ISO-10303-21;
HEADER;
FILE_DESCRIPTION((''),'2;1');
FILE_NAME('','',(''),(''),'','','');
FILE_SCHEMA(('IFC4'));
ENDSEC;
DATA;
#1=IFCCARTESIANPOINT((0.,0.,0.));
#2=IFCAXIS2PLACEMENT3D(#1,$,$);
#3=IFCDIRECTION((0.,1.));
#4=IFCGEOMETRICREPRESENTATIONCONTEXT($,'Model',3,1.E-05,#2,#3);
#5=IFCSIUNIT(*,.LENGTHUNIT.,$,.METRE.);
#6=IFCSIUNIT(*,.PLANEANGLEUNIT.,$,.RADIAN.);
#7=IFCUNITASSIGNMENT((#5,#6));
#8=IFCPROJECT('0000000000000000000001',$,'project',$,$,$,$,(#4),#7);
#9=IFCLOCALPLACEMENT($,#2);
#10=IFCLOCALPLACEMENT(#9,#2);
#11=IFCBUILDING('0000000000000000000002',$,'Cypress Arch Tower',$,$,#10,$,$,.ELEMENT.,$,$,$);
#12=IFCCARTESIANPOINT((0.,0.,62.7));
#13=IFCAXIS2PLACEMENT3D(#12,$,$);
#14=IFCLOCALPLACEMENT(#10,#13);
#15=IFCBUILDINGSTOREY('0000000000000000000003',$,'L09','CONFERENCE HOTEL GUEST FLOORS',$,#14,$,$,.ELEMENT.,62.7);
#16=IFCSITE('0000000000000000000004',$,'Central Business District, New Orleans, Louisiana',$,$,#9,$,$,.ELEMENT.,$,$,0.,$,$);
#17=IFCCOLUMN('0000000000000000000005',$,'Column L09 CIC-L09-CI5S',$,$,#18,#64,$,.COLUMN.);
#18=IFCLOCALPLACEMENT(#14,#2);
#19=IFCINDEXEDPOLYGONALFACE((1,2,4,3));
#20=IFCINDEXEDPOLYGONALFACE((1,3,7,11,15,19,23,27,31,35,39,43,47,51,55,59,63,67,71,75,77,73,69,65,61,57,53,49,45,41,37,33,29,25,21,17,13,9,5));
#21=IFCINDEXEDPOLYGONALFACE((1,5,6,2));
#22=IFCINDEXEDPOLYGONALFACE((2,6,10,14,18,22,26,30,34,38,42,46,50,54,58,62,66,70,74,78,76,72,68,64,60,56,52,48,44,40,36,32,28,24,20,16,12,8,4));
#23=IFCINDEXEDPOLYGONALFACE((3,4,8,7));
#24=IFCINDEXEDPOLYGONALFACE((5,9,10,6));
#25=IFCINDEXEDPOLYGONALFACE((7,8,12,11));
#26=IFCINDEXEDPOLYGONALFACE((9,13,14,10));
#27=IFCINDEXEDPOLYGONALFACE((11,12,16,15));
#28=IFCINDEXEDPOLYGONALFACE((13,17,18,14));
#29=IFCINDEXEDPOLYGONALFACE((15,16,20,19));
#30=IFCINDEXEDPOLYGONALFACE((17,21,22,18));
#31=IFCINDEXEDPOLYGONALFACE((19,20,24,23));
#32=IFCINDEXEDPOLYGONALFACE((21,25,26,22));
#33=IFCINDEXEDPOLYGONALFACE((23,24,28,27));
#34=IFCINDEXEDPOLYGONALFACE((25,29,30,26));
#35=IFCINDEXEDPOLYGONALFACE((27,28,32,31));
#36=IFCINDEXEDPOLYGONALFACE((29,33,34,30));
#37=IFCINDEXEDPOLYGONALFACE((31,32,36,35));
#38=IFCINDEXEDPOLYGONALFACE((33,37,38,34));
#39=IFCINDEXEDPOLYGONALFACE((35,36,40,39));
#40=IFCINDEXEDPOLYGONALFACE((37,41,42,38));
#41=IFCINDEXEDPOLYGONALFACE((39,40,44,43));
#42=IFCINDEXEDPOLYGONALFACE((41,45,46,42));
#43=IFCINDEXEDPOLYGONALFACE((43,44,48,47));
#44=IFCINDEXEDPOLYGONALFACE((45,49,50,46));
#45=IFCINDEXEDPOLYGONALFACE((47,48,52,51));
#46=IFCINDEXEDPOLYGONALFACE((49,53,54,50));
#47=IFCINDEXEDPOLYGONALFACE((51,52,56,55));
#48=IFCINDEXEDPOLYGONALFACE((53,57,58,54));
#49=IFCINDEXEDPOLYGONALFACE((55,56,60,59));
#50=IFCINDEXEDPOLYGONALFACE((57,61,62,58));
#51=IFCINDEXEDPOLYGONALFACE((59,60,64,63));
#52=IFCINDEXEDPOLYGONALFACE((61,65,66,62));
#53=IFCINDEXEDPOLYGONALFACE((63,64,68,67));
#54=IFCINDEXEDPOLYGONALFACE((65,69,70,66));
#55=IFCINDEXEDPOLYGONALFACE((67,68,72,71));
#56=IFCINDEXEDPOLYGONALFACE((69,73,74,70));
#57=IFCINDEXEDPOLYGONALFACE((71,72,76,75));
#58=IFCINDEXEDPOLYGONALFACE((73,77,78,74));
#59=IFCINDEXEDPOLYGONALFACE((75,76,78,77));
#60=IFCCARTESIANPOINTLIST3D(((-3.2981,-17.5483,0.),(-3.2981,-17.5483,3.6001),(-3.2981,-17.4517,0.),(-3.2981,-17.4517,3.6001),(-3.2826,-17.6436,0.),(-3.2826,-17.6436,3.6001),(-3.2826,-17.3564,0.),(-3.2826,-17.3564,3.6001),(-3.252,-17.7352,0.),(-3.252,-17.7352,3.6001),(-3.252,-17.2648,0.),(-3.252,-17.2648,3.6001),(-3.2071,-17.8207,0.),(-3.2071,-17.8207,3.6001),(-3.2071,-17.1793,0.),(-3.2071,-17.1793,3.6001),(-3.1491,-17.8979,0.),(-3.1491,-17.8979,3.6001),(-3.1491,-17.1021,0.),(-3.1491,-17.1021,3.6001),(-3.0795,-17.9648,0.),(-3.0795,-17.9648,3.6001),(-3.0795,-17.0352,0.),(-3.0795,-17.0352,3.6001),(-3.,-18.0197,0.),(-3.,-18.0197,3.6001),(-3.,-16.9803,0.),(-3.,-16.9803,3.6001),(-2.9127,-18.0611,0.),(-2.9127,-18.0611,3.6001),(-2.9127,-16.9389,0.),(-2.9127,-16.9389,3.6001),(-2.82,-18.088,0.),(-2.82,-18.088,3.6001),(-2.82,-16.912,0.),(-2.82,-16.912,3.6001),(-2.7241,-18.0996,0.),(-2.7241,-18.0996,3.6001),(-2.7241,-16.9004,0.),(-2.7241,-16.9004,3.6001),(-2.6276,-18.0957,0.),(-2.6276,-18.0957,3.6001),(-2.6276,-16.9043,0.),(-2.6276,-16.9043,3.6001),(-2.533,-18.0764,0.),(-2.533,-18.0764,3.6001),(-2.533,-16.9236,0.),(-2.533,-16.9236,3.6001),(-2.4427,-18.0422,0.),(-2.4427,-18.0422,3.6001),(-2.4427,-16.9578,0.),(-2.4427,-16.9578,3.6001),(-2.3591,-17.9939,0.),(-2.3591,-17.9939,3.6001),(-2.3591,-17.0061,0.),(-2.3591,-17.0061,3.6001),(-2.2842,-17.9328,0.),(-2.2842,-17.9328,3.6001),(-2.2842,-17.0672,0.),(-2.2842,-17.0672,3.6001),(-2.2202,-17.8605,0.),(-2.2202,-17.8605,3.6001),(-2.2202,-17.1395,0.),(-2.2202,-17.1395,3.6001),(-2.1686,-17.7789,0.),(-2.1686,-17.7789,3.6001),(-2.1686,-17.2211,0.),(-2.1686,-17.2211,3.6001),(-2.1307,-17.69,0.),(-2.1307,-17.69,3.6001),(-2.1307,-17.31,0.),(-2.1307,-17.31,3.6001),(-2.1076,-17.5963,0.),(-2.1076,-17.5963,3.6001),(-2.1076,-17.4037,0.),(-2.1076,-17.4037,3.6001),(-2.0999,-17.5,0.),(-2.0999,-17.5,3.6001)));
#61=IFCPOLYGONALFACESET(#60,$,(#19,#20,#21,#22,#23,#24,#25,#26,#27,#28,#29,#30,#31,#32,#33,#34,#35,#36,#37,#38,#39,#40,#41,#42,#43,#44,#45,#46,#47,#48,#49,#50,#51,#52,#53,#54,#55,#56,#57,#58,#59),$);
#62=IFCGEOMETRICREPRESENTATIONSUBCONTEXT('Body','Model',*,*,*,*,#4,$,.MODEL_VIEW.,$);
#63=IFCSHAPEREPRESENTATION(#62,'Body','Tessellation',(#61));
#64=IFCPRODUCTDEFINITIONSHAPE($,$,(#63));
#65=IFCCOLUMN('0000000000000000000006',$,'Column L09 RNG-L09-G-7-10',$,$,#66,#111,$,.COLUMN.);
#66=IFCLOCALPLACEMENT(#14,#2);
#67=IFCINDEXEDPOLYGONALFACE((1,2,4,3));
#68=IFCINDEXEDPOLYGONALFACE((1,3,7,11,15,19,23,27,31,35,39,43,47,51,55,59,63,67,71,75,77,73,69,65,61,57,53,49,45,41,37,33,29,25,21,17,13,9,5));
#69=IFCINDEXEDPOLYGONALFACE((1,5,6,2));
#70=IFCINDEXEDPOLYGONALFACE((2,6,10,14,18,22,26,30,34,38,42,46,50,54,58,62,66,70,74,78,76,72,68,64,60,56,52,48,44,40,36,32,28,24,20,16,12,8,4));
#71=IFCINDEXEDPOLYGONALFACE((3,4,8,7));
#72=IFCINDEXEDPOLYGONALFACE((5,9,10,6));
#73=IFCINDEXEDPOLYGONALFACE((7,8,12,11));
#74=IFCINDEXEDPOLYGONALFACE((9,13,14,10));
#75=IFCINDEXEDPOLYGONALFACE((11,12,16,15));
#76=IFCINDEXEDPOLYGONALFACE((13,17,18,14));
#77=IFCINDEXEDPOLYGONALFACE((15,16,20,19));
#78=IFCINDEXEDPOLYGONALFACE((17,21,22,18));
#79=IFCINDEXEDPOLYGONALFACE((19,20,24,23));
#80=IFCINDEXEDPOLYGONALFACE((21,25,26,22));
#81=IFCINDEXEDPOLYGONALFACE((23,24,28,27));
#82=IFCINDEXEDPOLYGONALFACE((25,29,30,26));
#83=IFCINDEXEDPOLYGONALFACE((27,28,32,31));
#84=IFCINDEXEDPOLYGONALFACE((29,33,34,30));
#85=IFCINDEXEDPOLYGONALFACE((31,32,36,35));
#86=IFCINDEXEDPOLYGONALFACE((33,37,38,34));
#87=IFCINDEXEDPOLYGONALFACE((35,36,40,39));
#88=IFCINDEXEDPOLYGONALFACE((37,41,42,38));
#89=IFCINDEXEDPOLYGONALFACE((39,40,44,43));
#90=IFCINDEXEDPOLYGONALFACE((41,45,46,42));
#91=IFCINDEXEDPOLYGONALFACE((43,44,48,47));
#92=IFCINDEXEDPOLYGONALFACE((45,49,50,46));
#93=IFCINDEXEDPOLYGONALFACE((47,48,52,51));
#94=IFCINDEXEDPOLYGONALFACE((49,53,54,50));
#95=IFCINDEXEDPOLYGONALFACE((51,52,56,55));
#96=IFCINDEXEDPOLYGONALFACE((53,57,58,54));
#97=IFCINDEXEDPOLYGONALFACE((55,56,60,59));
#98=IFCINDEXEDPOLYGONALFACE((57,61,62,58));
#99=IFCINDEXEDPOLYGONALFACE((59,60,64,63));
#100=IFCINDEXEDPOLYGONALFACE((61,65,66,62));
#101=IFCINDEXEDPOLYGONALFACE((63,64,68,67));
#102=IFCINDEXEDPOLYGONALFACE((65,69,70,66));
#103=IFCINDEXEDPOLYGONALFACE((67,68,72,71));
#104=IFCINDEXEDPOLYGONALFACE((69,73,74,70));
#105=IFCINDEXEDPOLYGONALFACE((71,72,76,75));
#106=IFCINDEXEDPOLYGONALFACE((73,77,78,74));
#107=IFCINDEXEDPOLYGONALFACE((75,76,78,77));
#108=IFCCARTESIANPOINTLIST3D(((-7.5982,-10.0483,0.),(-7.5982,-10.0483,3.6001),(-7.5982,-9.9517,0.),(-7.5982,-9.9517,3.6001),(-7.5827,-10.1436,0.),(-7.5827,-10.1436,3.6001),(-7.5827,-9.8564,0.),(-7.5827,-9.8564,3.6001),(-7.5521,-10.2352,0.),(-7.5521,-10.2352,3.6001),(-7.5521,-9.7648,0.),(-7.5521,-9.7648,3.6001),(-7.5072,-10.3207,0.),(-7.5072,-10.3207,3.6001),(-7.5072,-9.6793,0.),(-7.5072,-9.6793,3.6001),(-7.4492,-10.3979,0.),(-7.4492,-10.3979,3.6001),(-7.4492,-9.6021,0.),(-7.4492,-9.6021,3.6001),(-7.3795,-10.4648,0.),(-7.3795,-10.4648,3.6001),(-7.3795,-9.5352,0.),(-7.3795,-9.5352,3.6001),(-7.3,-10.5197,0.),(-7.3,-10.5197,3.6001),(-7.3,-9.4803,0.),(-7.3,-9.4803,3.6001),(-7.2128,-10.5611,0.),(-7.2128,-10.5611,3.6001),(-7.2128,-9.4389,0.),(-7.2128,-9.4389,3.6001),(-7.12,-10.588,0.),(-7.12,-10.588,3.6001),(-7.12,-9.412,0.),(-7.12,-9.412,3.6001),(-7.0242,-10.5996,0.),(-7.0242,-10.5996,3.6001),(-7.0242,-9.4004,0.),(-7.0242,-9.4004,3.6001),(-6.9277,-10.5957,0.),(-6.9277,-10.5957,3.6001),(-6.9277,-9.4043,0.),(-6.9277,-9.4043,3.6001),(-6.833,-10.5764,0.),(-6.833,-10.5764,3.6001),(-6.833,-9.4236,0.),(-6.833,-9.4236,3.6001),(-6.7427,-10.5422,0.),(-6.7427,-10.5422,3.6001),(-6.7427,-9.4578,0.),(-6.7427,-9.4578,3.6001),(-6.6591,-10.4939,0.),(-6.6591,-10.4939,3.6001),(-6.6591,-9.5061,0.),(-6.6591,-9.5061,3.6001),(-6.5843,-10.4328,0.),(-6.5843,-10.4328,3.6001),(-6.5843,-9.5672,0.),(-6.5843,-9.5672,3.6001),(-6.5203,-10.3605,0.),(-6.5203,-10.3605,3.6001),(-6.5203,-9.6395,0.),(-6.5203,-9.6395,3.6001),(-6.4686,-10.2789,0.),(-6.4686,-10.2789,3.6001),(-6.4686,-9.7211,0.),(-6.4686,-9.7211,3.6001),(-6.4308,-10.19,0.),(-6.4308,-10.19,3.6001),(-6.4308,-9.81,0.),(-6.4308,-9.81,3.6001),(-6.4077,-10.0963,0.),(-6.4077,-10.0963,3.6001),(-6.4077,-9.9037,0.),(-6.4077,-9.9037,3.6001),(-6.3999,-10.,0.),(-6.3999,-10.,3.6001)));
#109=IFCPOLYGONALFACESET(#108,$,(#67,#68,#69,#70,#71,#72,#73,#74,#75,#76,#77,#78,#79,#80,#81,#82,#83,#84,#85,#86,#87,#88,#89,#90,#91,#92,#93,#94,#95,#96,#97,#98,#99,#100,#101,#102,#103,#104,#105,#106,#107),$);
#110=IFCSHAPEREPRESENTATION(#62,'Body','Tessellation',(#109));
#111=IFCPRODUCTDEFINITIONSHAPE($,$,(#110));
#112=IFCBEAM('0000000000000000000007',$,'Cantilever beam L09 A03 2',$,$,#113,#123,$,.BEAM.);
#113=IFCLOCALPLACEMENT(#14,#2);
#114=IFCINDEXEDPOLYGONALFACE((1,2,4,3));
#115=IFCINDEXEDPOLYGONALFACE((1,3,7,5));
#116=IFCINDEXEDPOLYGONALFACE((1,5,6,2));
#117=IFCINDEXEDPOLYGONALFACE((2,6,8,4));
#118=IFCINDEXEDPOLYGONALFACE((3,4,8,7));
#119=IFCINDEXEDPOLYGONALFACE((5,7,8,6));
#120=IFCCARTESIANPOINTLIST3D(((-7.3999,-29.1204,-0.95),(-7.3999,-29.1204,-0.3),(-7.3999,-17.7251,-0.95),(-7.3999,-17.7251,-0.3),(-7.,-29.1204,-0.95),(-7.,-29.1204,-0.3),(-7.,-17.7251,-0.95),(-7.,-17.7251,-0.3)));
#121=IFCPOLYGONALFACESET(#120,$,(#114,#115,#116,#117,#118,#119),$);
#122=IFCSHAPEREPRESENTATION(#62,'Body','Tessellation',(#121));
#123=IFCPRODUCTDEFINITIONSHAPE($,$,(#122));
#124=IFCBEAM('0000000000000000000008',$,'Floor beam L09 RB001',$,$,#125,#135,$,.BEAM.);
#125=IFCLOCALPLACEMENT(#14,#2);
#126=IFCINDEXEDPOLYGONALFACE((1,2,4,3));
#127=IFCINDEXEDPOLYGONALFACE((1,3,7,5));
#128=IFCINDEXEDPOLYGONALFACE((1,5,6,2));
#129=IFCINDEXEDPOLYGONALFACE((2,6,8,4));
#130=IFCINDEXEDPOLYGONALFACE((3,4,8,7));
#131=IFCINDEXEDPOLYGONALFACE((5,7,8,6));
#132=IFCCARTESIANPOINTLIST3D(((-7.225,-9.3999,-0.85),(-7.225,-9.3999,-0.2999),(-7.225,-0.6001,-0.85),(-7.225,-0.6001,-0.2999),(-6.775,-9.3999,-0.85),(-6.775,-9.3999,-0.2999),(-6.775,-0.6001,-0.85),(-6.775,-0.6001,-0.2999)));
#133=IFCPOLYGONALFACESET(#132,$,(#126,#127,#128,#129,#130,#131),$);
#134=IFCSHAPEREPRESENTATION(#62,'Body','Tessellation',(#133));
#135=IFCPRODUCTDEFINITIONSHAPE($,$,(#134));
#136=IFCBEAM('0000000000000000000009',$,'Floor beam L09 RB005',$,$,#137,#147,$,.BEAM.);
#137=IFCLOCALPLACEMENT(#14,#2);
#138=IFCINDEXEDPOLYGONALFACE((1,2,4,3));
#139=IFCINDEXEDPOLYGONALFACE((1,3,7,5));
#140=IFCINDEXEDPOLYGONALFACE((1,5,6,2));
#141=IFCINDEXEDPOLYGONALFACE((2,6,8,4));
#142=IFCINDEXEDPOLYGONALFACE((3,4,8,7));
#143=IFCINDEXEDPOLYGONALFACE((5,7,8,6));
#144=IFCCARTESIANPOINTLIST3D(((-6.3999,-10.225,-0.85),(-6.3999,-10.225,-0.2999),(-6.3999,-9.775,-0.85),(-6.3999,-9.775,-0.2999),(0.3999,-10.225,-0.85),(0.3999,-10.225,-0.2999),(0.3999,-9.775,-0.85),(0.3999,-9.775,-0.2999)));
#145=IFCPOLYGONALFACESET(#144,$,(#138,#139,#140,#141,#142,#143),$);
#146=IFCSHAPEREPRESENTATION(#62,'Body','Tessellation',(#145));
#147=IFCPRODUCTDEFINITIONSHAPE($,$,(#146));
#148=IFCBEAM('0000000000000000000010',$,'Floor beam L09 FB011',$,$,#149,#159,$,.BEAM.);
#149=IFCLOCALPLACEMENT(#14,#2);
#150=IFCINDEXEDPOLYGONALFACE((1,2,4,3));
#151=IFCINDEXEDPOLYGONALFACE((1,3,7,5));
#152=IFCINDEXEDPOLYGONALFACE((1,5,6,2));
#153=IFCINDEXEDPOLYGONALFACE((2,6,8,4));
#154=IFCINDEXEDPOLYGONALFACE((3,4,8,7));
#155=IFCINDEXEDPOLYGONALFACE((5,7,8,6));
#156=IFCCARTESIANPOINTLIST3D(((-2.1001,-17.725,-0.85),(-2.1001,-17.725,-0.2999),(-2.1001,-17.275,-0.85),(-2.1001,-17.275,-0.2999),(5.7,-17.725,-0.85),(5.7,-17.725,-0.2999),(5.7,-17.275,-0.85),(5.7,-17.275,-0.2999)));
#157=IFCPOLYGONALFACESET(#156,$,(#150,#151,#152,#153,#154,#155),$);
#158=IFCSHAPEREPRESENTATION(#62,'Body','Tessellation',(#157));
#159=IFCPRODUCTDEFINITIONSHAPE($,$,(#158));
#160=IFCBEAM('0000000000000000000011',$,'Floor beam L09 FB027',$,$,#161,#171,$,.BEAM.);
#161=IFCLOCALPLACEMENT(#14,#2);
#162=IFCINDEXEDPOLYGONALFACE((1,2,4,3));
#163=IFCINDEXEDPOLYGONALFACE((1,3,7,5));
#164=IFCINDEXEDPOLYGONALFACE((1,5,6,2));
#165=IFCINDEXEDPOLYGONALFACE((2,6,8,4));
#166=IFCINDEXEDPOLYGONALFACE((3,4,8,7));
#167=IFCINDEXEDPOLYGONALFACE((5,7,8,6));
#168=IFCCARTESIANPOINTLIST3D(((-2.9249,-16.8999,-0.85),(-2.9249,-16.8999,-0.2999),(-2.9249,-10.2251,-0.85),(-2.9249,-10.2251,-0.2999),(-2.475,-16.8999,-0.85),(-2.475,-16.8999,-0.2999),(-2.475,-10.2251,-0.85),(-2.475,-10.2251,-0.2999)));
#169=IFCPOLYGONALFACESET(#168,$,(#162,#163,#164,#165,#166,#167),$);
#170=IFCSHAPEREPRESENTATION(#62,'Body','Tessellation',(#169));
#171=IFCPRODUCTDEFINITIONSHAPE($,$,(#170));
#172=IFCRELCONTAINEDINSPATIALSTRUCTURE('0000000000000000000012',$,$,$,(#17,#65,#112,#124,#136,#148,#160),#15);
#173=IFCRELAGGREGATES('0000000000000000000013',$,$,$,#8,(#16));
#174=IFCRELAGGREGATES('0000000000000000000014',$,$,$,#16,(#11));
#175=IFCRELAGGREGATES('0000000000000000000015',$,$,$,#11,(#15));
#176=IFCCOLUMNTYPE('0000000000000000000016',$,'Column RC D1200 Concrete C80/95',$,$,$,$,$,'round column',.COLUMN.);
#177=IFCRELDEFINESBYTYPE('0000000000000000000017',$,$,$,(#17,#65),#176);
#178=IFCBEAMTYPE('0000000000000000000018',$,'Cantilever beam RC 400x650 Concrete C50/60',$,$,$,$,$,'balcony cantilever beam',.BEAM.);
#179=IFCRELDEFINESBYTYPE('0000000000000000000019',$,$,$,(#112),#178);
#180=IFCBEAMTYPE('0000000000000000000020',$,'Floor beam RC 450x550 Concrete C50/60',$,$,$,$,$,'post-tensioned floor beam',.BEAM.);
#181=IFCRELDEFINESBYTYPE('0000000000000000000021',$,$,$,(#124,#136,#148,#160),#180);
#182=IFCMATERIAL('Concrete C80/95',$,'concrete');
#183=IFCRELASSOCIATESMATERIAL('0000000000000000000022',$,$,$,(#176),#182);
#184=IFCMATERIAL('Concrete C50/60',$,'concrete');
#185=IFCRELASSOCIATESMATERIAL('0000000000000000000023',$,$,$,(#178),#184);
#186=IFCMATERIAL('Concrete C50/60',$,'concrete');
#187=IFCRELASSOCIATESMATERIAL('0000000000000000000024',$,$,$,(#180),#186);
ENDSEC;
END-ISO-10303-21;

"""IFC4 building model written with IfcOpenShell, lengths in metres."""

from ifc_helpers import new_model, si_unit, direction, frame, origin, origin_2d, place, context, subcontext, project, spatial, rectangle, circle, extrude, material, material_profile, profile_set, type_object, element, save


model = new_model("IFC4")

# Units and contexts
model_context = context("Model", 3, precision=1e-05, world=origin(), true_north=direction((0.0, 1.0)))
body_context = subcontext(model_context, "Body", "Model", "MODEL_VIEW")
ifc_project = project(units=[si_unit("LENGTHUNIT", "METRE"), si_unit("PLANEANGLEUNIT", "RADIAN")], contexts=[model_context])

# Site, building, storey
site_placement = place(None, origin())
site = spatial("IfcSite", under=ifc_project, at=site_placement, Name="Central Business District, New Orleans, Louisiana", CompositionType="ELEMENT", RefElevation=0.0)
building_placement = place(site_placement, origin())
building = spatial("IfcBuilding", under=site, at=building_placement, Name="Cypress Arch Tower", CompositionType="ELEMENT")
storey_placement = place(building_placement, frame((0.0, 0.0, 62.7)))
storey = spatial("IfcBuildingStorey", under=building, at=storey_placement, Name="L09", Description="CONFERENCE HOTEL GUEST FLOORS", CompositionType="ELEMENT", Elevation=62.7)

# Columns
ifc_material_1 = material(Name="Concrete C80/95", Category="concrete")
ifc_material_profile_1 = material_profile(ifc_material_1, circle(Radius=0.6001, at=origin_2d()), Name="RC D1200")
ifc_profile_set_1 = profile_set([ifc_material_profile_1], Name="Concrete C80/95")
column_type = type_object("IfcColumnType", Name="Column RC D1200 Concrete C80/95", ElementType="round column", PredefinedType="COLUMN", material=ifc_profile_set_1)
for number, where, z_axis, x_axis, name in (
    (1, (-2.7, -17.5, 0.0), (0.0, 0.0, 1.0), (1.0, 0.0, 0.0), "Column L09 CIC-L09-CI5S"),
    (2, (-7.0, -10.0, 0.0), (0.0, 0.0, 1.0), (1.0, 0.0, 0.0), "Column L09 RNG-L09-G-7-10"),
):
    element("IfcColumn", number, at=place(storey_placement, frame(where, z_axis=z_axis, x_axis=x_axis)), inside=storey, type_object=column_type, Name=name, PredefinedType="COLUMN", context=body_context, shape_type="SweptSolid", body=[
        extrude(circle(Radius=0.6001, at=origin_2d()), origin(), (0.0, 0.0, 1.0), 3.6001),
    ])

# Beams
ifc_material_2 = material(Name="Concrete C50/60", Category="concrete")
ifc_material_profile_2 = material_profile(ifc_material_2, rectangle(XDim=0.3999, YDim=0.6499, at=origin_2d()), Name="RC 400x650")
ifc_profile_set_2 = profile_set([ifc_material_profile_2], Name="Concrete C50/60")
beam_type_1 = type_object("IfcBeamType", Name="Cantilever beam RC 400x650 Concrete C50/60", ElementType="balcony cantilever beam", PredefinedType="BEAM", material=ifc_profile_set_2)
beam_1_placement = place(storey_placement, frame((-7.2, -17.7251, -0.625), z_axis=(0.0, -1.0, 0.0), x_axis=(1.0, 0.0, 0.0)))
element("IfcBeam", 3, at=beam_1_placement, inside=storey, type_object=beam_type_1, Name="Cantilever beam L09 A03 2", PredefinedType="BEAM", context=body_context, shape_type="SweptSolid", body=[
    extrude(rectangle(XDim=0.3999, YDim=0.6499, at=origin_2d()), origin(), (0.0, 0.0, 1.0), 11.3953),
])
ifc_material_3 = material(Name="Concrete C50/60", Category="concrete")
ifc_material_profile_3 = material_profile(ifc_material_3, rectangle(XDim=0.45, YDim=0.55, at=origin_2d()), Name="RC 450x550")
ifc_profile_set_3 = profile_set([ifc_material_profile_3], Name="Concrete C50/60")
beam_type_2 = type_object("IfcBeamType", Name="Floor beam RC 450x550 Concrete C50/60", ElementType="post-tensioned floor beam", PredefinedType="BEAM", material=ifc_profile_set_3)
beam_2_placement = place(storey_placement, frame((-7.0, -9.3999, -0.575), z_axis=(0.0, 1.0, 0.0), x_axis=(-1.0, 0.0, 0.0)))
element("IfcBeam", 4, at=beam_2_placement, inside=storey, type_object=beam_type_2, Name="Floor beam L09 RB001", PredefinedType="BEAM", context=body_context, shape_type="SweptSolid", body=[
    extrude(rectangle(XDim=0.45, YDim=0.55, at=origin_2d()), origin(), (0.0, 0.0, 1.0), 8.7998),
])
beam_3_placement = place(storey_placement, frame((-6.3999, -10.0, -0.575), z_axis=(1.0, 0.0, 0.0), x_axis=(0.0, 1.0, 0.0)))
element("IfcBeam", 5, at=beam_3_placement, inside=storey, type_object=beam_type_2, Name="Floor beam L09 RB005", PredefinedType="BEAM", context=body_context, shape_type="SweptSolid", body=[
    extrude(rectangle(XDim=0.45, YDim=0.55, at=origin_2d()), origin(), (0.0, 0.0, 1.0), 6.7998),
])
beam_4_placement = place(storey_placement, frame((-2.1001, -17.5, -0.575), z_axis=(1.0, 0.0, 0.0), x_axis=(0.0, 1.0, 0.0)))
element("IfcBeam", 6, at=beam_4_placement, inside=storey, type_object=beam_type_2, Name="Floor beam L09 FB011", PredefinedType="BEAM", context=body_context, shape_type="SweptSolid", body=[
    extrude(rectangle(XDim=0.45, YDim=0.55, at=origin_2d()), origin(), (0.0, 0.0, 1.0), 7.8),
])
beam_5_placement = place(storey_placement, frame((-2.7, -16.8999, -0.575), z_axis=(0.0, 1.0, 0.0), x_axis=(-1.0, 0.0, 0.0)))
element("IfcBeam", 7, at=beam_5_placement, inside=storey, type_object=beam_type_2, Name="Floor beam L09 FB027", PredefinedType="BEAM", context=body_context, shape_type="SweptSolid", body=[
    extrude(rectangle(XDim=0.45, YDim=0.55, at=origin_2d()), origin(), (0.0, 0.0, 1.0), 6.6748),
])

save(model, "model.ifc")
